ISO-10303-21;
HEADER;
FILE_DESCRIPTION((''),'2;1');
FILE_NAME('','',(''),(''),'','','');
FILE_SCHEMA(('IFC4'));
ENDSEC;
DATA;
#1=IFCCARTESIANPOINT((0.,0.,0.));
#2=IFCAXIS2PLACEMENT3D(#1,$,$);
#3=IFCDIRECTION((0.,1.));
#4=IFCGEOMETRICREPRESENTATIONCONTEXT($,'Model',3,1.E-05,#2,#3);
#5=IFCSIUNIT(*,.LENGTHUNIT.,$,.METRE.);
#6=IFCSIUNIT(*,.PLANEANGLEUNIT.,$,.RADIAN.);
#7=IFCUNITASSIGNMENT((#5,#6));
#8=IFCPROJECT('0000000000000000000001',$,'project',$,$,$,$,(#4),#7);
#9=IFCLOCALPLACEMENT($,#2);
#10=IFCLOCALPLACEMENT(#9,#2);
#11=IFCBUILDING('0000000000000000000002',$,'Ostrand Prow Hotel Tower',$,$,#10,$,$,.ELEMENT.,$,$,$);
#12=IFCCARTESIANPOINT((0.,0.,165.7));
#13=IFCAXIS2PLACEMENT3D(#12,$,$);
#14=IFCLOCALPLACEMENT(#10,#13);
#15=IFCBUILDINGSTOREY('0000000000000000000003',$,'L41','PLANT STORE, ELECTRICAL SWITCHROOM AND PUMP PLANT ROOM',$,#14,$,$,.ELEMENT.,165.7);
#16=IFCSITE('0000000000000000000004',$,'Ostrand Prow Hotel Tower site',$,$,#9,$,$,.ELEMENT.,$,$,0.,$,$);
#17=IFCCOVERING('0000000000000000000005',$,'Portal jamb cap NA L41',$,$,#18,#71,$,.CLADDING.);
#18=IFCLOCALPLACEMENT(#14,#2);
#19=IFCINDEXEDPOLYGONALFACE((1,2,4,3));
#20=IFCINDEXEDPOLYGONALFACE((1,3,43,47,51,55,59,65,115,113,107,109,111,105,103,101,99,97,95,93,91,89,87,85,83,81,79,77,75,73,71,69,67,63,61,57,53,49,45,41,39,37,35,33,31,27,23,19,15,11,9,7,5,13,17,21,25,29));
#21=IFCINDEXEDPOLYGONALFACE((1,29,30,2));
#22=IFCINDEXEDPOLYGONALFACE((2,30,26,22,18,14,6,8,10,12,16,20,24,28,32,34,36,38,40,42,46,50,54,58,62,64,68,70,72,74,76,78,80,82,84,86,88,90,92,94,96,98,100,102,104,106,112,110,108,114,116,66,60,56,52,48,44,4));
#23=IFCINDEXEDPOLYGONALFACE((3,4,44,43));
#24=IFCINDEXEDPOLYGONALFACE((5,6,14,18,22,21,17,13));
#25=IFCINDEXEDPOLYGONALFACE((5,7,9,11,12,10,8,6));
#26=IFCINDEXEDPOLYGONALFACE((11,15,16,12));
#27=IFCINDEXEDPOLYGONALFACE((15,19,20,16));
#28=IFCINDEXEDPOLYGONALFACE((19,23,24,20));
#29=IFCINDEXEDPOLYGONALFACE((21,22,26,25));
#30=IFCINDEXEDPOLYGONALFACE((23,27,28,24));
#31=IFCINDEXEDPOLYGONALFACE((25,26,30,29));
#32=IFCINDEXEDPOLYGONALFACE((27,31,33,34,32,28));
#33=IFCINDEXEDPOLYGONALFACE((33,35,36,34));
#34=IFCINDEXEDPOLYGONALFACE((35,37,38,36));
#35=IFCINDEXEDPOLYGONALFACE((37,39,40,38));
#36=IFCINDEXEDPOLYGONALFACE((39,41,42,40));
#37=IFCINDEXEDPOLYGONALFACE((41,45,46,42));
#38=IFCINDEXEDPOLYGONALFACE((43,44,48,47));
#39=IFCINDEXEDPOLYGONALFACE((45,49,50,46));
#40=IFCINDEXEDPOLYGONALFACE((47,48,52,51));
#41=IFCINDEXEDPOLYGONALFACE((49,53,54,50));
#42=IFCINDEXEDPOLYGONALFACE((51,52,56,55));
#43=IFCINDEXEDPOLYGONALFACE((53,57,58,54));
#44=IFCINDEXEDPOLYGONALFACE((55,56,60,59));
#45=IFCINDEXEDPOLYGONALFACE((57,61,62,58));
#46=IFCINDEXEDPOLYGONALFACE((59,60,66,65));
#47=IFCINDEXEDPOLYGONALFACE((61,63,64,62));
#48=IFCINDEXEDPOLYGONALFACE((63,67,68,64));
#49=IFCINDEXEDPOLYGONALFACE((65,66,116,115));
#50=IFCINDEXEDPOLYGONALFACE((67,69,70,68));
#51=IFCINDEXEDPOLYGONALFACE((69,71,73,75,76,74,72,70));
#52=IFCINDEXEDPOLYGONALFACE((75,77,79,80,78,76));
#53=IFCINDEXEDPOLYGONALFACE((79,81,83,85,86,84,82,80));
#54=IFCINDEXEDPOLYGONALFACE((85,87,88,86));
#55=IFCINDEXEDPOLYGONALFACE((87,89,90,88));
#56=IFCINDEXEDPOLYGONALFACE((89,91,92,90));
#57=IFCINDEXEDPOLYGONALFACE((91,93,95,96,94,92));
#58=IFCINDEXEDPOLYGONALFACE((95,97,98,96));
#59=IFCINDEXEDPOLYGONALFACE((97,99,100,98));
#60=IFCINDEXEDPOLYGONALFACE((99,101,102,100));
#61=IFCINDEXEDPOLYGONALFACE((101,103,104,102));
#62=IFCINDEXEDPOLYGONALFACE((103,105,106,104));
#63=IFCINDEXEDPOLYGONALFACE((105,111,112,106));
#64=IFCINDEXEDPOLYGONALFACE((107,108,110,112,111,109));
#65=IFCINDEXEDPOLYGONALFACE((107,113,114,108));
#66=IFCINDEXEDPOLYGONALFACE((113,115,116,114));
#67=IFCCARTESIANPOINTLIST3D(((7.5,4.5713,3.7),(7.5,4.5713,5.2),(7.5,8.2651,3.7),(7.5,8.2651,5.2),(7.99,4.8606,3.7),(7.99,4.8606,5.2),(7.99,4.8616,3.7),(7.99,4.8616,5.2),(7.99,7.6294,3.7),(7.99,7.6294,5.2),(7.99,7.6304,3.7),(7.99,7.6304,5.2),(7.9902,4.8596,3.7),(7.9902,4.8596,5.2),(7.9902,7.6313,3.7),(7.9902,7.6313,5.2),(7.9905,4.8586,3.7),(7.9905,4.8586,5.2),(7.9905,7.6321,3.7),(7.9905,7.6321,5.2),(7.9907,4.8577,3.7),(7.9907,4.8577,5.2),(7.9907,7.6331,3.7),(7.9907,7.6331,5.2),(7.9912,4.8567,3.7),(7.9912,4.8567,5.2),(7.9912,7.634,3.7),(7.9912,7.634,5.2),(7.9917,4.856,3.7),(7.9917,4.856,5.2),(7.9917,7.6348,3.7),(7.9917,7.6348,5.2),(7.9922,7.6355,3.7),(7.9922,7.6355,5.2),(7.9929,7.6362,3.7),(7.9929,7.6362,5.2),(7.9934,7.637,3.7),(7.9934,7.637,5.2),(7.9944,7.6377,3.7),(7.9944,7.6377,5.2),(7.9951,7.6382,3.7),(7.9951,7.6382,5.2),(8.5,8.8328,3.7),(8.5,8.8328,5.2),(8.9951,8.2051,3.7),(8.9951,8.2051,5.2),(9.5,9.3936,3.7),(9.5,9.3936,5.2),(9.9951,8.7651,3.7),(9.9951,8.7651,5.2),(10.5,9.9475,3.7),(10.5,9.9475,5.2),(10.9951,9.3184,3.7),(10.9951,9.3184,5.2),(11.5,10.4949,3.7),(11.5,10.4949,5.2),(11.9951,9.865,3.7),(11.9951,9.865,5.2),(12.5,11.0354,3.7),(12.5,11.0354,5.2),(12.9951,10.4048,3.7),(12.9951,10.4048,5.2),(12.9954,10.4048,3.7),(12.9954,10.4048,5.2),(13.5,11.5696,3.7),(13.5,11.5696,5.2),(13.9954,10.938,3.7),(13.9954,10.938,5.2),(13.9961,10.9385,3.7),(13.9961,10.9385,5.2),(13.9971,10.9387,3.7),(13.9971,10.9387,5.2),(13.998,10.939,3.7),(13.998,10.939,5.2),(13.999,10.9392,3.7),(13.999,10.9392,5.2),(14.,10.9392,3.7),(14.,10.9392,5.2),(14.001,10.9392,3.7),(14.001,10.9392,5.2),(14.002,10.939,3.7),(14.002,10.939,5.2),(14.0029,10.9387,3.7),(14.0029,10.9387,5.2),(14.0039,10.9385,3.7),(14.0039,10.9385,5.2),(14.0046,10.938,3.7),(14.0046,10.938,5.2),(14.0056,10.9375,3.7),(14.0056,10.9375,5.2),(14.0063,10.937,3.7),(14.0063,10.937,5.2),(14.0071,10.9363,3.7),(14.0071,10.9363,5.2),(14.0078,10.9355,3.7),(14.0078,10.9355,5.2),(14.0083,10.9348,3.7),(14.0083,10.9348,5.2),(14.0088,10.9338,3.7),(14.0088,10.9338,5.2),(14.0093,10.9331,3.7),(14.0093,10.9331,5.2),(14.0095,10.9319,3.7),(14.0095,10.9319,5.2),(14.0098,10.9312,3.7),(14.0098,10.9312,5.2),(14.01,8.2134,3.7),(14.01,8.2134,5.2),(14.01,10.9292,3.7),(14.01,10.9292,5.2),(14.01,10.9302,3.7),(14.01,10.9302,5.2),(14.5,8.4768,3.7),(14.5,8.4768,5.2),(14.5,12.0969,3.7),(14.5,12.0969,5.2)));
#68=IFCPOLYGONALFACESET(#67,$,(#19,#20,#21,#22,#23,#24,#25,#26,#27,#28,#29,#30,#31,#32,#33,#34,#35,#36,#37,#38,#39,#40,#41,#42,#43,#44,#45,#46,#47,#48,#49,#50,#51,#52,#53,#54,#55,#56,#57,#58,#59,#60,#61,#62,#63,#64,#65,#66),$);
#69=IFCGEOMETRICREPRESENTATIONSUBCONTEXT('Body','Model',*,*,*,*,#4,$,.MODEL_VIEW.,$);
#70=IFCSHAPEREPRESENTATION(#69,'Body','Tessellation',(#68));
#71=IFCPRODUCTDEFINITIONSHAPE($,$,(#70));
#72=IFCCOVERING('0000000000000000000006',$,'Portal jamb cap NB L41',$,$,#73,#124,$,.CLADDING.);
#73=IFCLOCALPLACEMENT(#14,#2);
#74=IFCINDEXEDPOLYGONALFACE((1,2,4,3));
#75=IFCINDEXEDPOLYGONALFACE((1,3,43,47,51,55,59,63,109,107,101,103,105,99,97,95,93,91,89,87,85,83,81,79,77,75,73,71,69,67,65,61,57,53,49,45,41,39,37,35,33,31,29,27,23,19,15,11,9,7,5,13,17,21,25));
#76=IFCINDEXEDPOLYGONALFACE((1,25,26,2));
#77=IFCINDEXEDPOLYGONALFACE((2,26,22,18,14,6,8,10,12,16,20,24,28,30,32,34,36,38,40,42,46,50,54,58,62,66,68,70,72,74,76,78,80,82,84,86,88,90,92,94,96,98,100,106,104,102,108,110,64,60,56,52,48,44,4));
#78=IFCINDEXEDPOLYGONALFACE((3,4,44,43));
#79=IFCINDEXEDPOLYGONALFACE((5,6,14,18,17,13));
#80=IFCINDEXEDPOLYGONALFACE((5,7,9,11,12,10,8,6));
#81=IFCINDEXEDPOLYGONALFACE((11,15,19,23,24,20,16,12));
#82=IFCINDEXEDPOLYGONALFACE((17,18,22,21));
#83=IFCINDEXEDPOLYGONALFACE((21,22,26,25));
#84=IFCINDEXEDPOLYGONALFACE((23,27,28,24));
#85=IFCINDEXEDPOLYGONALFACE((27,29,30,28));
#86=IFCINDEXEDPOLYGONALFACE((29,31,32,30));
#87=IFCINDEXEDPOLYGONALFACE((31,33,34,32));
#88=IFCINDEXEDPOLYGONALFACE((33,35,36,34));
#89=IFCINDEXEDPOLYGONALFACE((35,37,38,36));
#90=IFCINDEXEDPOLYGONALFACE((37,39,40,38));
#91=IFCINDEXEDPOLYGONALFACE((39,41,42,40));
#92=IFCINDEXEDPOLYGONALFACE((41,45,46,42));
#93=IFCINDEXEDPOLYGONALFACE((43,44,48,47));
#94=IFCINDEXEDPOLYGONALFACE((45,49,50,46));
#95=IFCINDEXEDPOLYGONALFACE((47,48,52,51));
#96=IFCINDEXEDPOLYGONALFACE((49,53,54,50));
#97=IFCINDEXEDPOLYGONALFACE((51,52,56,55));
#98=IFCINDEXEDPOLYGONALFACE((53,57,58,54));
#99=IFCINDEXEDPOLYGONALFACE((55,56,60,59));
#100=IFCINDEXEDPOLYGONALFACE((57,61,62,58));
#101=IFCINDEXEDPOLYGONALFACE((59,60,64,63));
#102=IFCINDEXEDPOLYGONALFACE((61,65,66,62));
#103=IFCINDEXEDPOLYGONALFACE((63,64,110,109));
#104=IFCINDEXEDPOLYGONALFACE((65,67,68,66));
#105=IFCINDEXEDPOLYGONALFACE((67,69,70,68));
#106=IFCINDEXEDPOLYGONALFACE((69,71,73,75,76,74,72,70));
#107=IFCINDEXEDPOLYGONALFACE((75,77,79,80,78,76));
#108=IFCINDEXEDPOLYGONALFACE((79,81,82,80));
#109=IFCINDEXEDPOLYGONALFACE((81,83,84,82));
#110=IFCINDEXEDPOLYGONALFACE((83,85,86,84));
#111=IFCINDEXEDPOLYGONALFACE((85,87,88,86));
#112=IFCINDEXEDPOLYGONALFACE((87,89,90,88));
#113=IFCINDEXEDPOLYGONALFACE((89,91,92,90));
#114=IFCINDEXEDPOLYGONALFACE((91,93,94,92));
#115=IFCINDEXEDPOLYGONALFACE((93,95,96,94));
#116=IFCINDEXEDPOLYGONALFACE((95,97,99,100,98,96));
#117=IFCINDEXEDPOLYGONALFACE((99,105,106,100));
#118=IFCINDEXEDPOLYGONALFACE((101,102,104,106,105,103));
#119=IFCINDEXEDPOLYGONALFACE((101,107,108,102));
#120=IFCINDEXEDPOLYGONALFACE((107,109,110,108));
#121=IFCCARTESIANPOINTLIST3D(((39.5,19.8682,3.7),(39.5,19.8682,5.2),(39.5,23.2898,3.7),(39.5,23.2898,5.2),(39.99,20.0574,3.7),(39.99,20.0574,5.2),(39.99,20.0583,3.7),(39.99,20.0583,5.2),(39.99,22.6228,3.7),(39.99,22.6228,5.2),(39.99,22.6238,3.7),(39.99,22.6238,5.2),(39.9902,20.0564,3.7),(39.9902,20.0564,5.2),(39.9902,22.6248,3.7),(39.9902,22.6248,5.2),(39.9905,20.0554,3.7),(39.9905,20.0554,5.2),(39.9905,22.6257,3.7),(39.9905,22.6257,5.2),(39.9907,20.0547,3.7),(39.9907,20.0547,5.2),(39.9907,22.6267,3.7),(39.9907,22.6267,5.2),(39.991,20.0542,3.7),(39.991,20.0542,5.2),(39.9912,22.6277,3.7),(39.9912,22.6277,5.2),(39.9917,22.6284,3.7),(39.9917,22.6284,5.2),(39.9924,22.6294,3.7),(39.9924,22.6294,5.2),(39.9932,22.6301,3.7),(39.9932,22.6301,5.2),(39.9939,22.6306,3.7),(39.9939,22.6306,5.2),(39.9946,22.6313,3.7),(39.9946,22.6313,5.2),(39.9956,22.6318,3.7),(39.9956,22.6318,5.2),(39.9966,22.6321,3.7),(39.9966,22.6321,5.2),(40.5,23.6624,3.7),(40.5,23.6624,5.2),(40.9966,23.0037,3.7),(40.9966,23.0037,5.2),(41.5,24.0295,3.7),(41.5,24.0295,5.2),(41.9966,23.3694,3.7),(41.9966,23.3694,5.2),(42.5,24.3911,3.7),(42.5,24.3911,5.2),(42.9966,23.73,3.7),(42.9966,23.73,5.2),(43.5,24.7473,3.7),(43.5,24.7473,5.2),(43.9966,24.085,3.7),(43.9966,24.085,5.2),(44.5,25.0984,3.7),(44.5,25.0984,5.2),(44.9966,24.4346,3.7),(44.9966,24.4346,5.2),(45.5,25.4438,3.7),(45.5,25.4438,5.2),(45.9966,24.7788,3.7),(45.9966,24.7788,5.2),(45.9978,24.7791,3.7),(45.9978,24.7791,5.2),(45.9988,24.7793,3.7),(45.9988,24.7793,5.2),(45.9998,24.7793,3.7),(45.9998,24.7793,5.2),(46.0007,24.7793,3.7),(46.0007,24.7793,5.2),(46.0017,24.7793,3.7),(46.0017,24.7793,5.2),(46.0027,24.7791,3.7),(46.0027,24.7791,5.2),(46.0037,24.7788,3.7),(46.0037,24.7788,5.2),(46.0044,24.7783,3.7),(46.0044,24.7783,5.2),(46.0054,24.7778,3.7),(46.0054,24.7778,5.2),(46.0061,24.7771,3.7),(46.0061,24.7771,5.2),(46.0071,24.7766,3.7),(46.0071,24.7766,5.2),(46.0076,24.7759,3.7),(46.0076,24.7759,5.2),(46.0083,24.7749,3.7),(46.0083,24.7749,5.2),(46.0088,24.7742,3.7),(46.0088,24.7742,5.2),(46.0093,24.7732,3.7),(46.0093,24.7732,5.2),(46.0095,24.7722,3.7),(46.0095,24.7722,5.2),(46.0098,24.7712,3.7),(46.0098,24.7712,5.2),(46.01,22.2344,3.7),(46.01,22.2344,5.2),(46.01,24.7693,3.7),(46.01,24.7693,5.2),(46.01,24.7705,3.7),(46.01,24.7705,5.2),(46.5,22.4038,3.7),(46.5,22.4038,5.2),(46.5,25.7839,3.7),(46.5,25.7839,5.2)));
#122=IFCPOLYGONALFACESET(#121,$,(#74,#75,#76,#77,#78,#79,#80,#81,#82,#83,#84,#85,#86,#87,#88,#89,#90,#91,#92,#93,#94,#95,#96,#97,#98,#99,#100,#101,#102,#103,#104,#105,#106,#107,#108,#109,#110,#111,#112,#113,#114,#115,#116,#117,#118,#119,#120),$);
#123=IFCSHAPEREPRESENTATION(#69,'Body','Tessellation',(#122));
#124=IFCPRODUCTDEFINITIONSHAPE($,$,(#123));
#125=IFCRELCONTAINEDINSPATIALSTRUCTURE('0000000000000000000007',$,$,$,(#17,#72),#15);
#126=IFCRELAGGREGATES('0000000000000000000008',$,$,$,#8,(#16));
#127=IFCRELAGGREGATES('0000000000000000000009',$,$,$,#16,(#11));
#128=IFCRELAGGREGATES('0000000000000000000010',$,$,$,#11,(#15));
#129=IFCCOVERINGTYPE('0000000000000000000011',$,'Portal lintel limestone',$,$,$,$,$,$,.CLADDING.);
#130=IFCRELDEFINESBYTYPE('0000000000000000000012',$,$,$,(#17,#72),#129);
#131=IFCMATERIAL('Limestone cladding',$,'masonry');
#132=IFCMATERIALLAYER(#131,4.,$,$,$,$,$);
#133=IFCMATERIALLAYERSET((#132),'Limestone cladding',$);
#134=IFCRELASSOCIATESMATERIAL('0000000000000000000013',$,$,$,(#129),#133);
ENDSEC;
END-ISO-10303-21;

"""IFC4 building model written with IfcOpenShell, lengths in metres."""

from ifc_helpers import new_model, si_unit, direction, frame, origin, place, context, subcontext, project, spatial, polyline, outline, extrude, material, layer, layer_set, type_object, element, save


model = new_model("IFC4")

# Units and contexts
model_context = context("Model", 3, precision=1e-05, world=origin(), true_north=direction((0.0, 1.0)))
body_context = subcontext(model_context, "Body", "Model", "MODEL_VIEW")
ifc_project = project(units=[si_unit("LENGTHUNIT", "METRE"), si_unit("PLANEANGLEUNIT", "RADIAN")], contexts=[model_context])

# Site, building, storey
site_placement = place(None, origin())
site = spatial("IfcSite", under=ifc_project, at=site_placement, Name="Ostrand Prow Hotel Tower site", CompositionType="ELEMENT", RefElevation=0.0)
building_placement = place(site_placement, origin())
building = spatial("IfcBuilding", under=site, at=building_placement, Name="Ostrand Prow Hotel Tower", CompositionType="ELEMENT")
storey_placement = place(building_placement, frame((0.0, 0.0, 165.7)))
storey = spatial("IfcBuildingStorey", under=building, at=storey_placement, Name="L41", Description="PLANT STORE, ELECTRICAL SWITCHROOM AND PUMP PLANT ROOM", CompositionType="ELEMENT", Elevation=165.7)

# Coverings
ifc_material_1 = material(Name="Limestone cladding", Category="masonry")
ifc_layer_1 = layer(ifc_material_1, 4.0)
ifc_layer_set_1 = layer_set([ifc_layer_1], Name="Limestone cladding")
covering_type_1 = type_object("IfcCoveringType", Name="Portal lintel limestone", PredefinedType="CLADDING", material=ifc_layer_set_1)
covering_1_placement = place(storey_placement, frame((0.0, 0.0, 3.7)))
element("IfcCovering", 1, at=covering_1_placement, inside=storey, type_object=covering_type_1, Name="Portal jamb cap NA L41", PredefinedType="CLADDING", context=body_context, shape_type="SweptSolid", body=[
    extrude(outline(polyline([(7.5, 8.2651), (7.5, 4.5713), (7.9917, 4.856), (7.9917, 4.856), (7.9912, 4.8567), (7.9907, 4.8577), (7.9905, 4.8586), (7.9902, 4.8596), (7.99, 4.8606), (7.99, 4.8616), (7.99, 7.6294), (7.99, 7.6304), (7.9902, 7.6313), (7.9905, 7.6321), (7.9907, 7.6331), (7.9912, 7.634), (7.9917, 7.6348), (7.9922, 7.6355), (7.9929, 7.6362), (7.9934, 7.637), (7.9944, 7.6377), (7.9951, 7.6382), (8.9951, 8.2051), (8.9951, 8.2051), (9.9951, 8.7651), (9.9951, 8.7651), (10.9951, 9.3184), (10.9951, 9.3184), (11.9951, 9.865), (11.9951, 9.865), (12.9951, 10.4048), (12.9954, 10.4048), (13.9954, 10.938), (13.9961, 10.9385), (13.9971, 10.9387), (13.998, 10.939), (13.999, 10.9392), (14.0, 10.9392), (14.001, 10.9392), (14.002, 10.939), (14.0029, 10.9387), (14.0039, 10.9385), (14.0046, 10.938), (14.0056, 10.9375), (14.0063, 10.937), (14.0071, 10.9363), (14.0078, 10.9355), (14.0083, 10.9348), (14.0088, 10.9338), (14.0093, 10.9331), (14.0095, 10.9319), (14.0098, 10.9312), (14.01, 10.9302), (14.01, 10.9292), (14.01, 8.2134), (14.5, 8.4768), (14.5, 12.0969), (13.5, 11.5696), (12.5, 11.0354), (11.5, 10.4949), (10.5, 9.9475), (9.5, 9.3936), (8.5, 8.8328), (7.5, 8.2651)])), origin(), (0.0, 0.0, 1.0), 1.5),
])
covering_2_placement = place(storey_placement, frame((0.0, 0.0, 3.7)))
element("IfcCovering", 2, at=covering_2_placement, inside=storey, type_object=covering_type_1, Name="Portal jamb cap NB L41", PredefinedType="CLADDING", context=body_context, shape_type="SweptSolid", body=[
    extrude(outline(polyline([(39.5, 23.2898), (39.5, 19.8682), (39.991, 20.0542), (39.9907, 20.0547), (39.9905, 20.0554), (39.9902, 20.0564), (39.99, 20.0574), (39.99, 20.0583), (39.99, 22.6228), (39.99, 22.6238), (39.9902, 22.6248), (39.9905, 22.6257), (39.9907, 22.6267), (39.9912, 22.6277), (39.9917, 22.6284), (39.9924, 22.6294), (39.9932, 22.6301), (39.9939, 22.6306), (39.9946, 22.6313), (39.9956, 22.6318), (39.9966, 22.6321), (40.9966, 23.0037), (40.9966, 23.0037), (41.9966, 23.3694), (41.9966, 23.3694), (42.9966, 23.73), (42.9966, 23.73), (43.9966, 24.085), (43.9966, 24.085), (44.9966, 24.4346), (44.9966, 24.4346), (45.9966, 24.7788), (45.9978, 24.7791), (45.9988, 24.7793), (45.9998, 24.7793), (46.0007, 24.7793), (46.0017, 24.7793), (46.0027, 24.7791), (46.0037, 24.7788), (46.0044, 24.7783), (46.0054, 24.7778), (46.0061, 24.7771), (46.0071, 24.7766), (46.0076, 24.7759), (46.0083, 24.7749), (46.0088, 24.7742), (46.0093, 24.7732), (46.0095, 24.7722), (46.0098, 24.7712), (46.01, 24.7705), (46.01, 24.7693), (46.01, 22.2344), (46.5, 22.4038), (46.5, 25.7839), (45.5, 25.4438), (44.5, 25.0984), (43.5, 24.7473), (42.5, 24.3911), (41.5, 24.0295), (40.5, 23.6624), (39.5, 23.2898)])), origin(), (0.0, 0.0, 1.0), 1.5),
])

save(model, "model.ifc")
